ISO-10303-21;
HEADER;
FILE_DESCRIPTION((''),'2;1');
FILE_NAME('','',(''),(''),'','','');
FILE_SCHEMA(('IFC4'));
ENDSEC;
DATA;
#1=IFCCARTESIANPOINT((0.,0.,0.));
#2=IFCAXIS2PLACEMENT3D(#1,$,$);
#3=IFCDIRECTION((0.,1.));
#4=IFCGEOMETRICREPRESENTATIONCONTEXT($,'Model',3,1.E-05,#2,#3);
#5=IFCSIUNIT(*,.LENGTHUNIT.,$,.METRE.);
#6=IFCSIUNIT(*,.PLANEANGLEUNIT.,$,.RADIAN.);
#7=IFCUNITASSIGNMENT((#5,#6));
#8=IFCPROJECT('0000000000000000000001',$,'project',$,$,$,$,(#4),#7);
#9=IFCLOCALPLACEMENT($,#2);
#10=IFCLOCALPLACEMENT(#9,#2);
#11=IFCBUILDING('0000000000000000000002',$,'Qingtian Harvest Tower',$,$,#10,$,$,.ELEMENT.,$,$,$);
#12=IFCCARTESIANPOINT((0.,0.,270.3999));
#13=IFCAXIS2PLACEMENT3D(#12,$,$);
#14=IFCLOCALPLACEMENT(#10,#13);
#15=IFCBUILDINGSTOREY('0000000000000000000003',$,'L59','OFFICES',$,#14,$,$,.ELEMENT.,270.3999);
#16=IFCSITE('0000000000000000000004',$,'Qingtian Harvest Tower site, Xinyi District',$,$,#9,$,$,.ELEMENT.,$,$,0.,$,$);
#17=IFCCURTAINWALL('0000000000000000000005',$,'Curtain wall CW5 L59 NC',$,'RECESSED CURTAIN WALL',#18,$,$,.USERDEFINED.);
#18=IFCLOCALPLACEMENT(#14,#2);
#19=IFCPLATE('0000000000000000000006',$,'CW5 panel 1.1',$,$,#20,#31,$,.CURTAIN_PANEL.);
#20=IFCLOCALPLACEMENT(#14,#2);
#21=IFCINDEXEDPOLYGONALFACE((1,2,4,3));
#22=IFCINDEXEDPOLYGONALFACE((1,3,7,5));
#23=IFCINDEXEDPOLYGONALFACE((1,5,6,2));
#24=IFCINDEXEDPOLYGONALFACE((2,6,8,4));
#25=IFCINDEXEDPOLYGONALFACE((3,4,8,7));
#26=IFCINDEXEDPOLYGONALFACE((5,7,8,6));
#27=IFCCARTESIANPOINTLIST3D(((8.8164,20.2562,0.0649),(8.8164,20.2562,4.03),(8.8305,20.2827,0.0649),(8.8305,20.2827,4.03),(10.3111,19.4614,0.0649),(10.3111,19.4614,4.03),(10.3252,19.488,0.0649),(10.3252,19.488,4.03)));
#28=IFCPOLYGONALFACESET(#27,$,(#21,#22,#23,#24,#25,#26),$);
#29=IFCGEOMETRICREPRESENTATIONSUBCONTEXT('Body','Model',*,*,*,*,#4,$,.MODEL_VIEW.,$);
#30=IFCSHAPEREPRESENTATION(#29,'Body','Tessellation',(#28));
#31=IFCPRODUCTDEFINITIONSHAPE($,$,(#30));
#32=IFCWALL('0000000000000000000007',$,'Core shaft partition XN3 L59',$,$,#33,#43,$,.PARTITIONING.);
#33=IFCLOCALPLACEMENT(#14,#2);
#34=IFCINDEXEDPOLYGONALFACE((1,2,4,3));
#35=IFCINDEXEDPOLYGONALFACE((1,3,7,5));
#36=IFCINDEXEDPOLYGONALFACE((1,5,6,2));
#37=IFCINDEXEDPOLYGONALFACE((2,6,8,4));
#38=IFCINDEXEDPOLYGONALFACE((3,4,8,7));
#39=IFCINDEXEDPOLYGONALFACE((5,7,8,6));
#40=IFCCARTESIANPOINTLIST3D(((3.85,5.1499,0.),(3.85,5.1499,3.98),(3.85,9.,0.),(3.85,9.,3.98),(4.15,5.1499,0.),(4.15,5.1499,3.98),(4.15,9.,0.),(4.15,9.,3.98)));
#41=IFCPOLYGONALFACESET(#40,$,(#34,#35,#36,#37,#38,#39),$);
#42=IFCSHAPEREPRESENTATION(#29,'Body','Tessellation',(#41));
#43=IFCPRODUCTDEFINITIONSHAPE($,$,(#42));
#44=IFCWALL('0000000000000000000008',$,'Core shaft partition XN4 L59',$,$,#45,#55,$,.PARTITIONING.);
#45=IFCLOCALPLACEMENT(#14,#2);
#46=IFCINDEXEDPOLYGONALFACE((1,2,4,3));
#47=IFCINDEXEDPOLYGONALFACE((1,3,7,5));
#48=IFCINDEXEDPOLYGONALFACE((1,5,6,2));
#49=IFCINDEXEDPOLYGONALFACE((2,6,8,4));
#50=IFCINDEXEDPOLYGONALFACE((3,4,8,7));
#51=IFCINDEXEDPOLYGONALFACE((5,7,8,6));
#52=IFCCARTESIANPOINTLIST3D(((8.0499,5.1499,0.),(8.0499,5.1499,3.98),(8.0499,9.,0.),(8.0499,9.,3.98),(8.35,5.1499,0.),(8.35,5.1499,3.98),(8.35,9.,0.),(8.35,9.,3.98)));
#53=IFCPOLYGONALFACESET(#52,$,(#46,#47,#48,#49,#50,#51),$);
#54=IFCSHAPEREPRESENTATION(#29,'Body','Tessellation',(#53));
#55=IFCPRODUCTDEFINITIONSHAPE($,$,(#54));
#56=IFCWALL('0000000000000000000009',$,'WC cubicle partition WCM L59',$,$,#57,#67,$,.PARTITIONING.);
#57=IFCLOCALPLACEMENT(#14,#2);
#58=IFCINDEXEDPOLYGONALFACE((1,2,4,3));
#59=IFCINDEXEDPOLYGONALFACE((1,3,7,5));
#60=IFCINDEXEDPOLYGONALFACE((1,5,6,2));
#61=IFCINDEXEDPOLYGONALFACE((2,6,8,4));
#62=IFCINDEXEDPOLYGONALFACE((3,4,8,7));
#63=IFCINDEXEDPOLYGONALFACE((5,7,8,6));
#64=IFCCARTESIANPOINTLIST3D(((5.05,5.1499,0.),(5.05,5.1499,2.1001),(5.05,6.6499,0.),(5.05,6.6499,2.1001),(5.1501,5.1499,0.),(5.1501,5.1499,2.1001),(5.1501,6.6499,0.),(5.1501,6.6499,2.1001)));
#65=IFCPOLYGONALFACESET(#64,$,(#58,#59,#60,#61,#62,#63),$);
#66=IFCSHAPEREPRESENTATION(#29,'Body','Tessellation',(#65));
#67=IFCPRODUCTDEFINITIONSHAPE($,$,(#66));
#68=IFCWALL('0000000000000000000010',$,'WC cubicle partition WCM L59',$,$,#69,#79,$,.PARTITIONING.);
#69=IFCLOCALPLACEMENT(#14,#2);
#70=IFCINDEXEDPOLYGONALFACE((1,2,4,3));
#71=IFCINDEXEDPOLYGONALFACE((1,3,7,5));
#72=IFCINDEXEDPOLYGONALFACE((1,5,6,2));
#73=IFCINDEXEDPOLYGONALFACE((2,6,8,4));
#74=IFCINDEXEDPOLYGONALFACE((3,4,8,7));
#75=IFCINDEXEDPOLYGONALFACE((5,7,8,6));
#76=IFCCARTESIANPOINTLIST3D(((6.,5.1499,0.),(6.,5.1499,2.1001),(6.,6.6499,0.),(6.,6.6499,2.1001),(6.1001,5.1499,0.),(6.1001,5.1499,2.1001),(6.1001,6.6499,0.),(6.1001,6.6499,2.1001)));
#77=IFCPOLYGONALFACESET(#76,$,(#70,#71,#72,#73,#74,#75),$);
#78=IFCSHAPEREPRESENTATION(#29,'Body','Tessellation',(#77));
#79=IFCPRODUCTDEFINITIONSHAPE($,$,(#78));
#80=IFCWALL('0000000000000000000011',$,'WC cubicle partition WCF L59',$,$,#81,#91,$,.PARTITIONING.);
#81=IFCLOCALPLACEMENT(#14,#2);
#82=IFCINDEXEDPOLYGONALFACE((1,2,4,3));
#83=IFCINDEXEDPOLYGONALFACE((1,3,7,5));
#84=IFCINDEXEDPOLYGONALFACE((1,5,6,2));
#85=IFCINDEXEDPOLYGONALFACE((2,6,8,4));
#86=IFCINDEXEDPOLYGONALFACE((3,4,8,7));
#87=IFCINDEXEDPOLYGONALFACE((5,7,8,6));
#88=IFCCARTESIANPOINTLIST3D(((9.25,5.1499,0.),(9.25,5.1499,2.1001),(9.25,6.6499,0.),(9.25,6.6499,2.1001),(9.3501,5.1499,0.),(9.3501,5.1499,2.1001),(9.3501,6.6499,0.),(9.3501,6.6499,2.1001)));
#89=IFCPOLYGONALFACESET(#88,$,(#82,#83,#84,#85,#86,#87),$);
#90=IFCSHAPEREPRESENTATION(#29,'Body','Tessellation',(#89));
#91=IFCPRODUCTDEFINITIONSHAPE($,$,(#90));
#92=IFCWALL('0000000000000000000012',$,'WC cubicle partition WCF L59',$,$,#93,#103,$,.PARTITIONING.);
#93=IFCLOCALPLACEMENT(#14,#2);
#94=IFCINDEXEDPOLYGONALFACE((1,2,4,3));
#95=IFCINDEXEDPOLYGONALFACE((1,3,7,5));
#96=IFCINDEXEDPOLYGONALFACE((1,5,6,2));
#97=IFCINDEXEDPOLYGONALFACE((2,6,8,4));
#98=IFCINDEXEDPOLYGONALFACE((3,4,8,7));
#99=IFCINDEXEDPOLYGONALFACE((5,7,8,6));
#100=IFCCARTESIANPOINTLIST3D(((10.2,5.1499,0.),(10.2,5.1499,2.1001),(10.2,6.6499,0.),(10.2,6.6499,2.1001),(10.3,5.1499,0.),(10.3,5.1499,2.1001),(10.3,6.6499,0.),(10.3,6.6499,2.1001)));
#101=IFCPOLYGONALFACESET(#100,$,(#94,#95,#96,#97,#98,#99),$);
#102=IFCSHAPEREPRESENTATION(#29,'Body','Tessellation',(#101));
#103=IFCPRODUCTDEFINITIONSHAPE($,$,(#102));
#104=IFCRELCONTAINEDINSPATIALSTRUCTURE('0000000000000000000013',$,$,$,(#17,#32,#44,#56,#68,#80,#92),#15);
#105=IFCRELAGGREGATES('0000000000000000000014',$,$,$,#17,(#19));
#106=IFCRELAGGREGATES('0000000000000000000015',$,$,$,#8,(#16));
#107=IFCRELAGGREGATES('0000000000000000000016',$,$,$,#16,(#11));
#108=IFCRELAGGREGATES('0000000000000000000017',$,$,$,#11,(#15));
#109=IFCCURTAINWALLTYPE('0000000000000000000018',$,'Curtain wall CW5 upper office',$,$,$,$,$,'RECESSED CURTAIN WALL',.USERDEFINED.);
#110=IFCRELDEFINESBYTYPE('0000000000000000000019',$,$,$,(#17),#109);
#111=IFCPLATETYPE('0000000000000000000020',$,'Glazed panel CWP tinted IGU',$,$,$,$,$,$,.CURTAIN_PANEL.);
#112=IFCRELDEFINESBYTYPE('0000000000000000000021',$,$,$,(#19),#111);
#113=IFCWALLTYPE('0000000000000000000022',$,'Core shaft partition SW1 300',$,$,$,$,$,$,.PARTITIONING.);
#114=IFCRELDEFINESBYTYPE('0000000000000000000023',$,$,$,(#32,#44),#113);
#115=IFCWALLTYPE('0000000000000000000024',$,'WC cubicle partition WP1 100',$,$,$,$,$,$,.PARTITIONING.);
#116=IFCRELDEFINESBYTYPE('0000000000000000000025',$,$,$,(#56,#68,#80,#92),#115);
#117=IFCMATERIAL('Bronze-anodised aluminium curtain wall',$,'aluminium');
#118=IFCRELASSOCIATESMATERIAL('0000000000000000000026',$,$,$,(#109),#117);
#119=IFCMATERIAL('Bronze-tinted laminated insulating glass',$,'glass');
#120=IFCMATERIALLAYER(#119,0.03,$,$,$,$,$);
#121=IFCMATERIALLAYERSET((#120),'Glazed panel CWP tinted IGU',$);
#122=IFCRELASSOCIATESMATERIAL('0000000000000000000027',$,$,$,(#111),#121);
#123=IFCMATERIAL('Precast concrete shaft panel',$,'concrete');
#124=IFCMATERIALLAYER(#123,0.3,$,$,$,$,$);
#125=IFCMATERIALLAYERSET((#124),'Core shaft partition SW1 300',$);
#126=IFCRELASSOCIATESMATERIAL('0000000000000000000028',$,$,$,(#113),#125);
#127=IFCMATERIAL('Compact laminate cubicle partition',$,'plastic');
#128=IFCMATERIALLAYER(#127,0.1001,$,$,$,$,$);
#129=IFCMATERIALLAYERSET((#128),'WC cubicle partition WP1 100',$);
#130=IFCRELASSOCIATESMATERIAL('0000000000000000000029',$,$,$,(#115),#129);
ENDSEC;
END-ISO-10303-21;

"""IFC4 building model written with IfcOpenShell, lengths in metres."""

from ifc_helpers import new_model, si_unit, direction, frame, frame_2d, origin, origin_2d, place, context, subcontext, project, spatial, rectangle, extrude, material, layer, layer_set, type_object, element, aggregate, save


model = new_model("IFC4")

# Units and contexts
model_context = context("Model", 3, precision=1e-05, world=origin(), true_north=direction((0.0, 1.0)))
body_context = subcontext(model_context, "Body", "Model", "MODEL_VIEW")
ifc_project = project(units=[si_unit("LENGTHUNIT", "METRE"), si_unit("PLANEANGLEUNIT", "RADIAN")], contexts=[model_context])

# Site, building, storey
site_placement = place(None, origin())
site = spatial("IfcSite", under=ifc_project, at=site_placement, Name="Qingtian Harvest Tower site, Xinyi District", CompositionType="ELEMENT", RefElevation=0.0)
building_placement = place(site_placement, origin())
building = spatial("IfcBuilding", under=site, at=building_placement, Name="Qingtian Harvest Tower", CompositionType="ELEMENT")
storey_placement = place(building_placement, frame((0.0, 0.0, 270.3999)))
storey = spatial("IfcBuildingStorey", under=building, at=storey_placement, Name="L59", Description="OFFICES", CompositionType="ELEMENT", Elevation=270.3999)

# Shared definitions
ifc_material_1 = material(Name="Bronze-anodised aluminium curtain wall", Category="aluminium")
curtain_wall_type = type_object("IfcCurtainWallType", Name="Curtain wall CW5 upper office", ElementType="RECESSED CURTAIN WALL", PredefinedType="USERDEFINED", material=ifc_material_1)

# Curtain wall
curtain_wall_1_placement = place(storey_placement, origin())
curtain_wall_1 = element("IfcCurtainWall", 1, at=curtain_wall_1_placement, inside=storey, type_object=curtain_wall_type, Name="Curtain wall CW5 L59 NC", ObjectType="RECESSED CURTAIN WALL", PredefinedType="USERDEFINED")

# Plate
ifc_material_2 = material(Name="Bronze-tinted laminated insulating glass", Category="glass")
ifc_layer_1 = layer(ifc_material_2, 0.03)
ifc_layer_set_1 = layer_set([ifc_layer_1], Name="Glazed panel CWP tinted IGU")
plate_type = type_object("IfcPlateType", Name="Glazed panel CWP tinted IGU", PredefinedType="CURTAIN_PANEL", material=ifc_layer_set_1)
plate_1_placement = place(storey_placement, frame((9.5708, 19.8721, 0.0649), z_axis=(0.0, 0.0, 1.0), x_axis=(0.882948, -0.469472, 0.0)))
plate_1 = element("IfcPlate", 2, at=plate_1_placement, type_object=plate_type, Name="CW5 panel 1.1", PredefinedType="CURTAIN_PANEL", context=body_context, shape_type="SweptSolid", body=[
    extrude(rectangle(XDim=1.6929, YDim=0.03, at=origin_2d()), origin(), (0.0, 0.0, 1.0), 3.9651),
])
aggregate(curtain_wall_1, [plate_1])

# Walls
ifc_material_3 = material(Name="Precast concrete shaft panel", Category="concrete")
ifc_layer_2 = layer(ifc_material_3, 0.3)
ifc_layer_set_2 = layer_set([ifc_layer_2], Name="Core shaft partition SW1 300")
wall_type_1 = type_object("IfcWallType", Name="Core shaft partition SW1 300", PredefinedType="PARTITIONING", material=ifc_layer_set_2)
for number, where, z_axis, x_axis, name in (
    (3, (4.0, 5.1499, 0.0), (0.0, 0.0, 1.0), (0.0, 1.0, 0.0), "Core shaft partition XN3 L59"),
    (4, (8.2, 5.1499, 0.0), (0.0, 0.0, 1.0), (0.0, 1.0, 0.0), "Core shaft partition XN4 L59"),
):
    element("IfcWall", number, at=place(storey_placement, frame(where, z_axis=z_axis, x_axis=x_axis)), inside=storey, type_object=wall_type_1, Name=name, PredefinedType="PARTITIONING", context=body_context, shape_type="SweptSolid", body=[
        extrude(rectangle(XDim=3.8501, YDim=0.3, at=frame_2d((1.925, 0.0))), origin(), (0.0, 0.0, 1.0), 3.98),
    ])

# Walls
ifc_material_4 = material(Name="Compact laminate cubicle partition", Category="plastic")
ifc_layer_3 = layer(ifc_material_4, 0.1001)
ifc_layer_set_3 = layer_set([ifc_layer_3], Name="WC cubicle partition WP1 100")
wall_type_2 = type_object("IfcWallType", Name="WC cubicle partition WP1 100", PredefinedType="PARTITIONING", material=ifc_layer_set_3)
for number, where, z_axis, x_axis, name in (
    (5, (5.1001, 5.1499, 0.0), (0.0, 0.0, 1.0), (0.0, 1.0, 0.0), "WC cubicle partition WCM L59"),
    (6, (6.05, 5.1499, 0.0), (0.0, 0.0, 1.0), (0.0, 1.0, 0.0), "WC cubicle partition WCM L59"),
    (7, (9.3, 5.1499, 0.0), (0.0, 0.0, 1.0), (0.0, 1.0, 0.0), "WC cubicle partition WCF L59"),
    (8, (10.25, 5.1499, 0.0), (0.0, 0.0, 1.0), (0.0, 1.0, 0.0), "WC cubicle partition WCF L59"),
):
    element("IfcWall", number, at=place(storey_placement, frame(where, z_axis=z_axis, x_axis=x_axis)), inside=storey, type_object=wall_type_2, Name=name, PredefinedType="PARTITIONING", context=body_context, shape_type="SweptSolid", body=[
        extrude(rectangle(XDim=1.5, YDim=0.1001, at=frame_2d((0.75, 0.0))), origin(), (0.0, 0.0, 1.0), 2.1001),
    ])

save(model, "model.ifc")
